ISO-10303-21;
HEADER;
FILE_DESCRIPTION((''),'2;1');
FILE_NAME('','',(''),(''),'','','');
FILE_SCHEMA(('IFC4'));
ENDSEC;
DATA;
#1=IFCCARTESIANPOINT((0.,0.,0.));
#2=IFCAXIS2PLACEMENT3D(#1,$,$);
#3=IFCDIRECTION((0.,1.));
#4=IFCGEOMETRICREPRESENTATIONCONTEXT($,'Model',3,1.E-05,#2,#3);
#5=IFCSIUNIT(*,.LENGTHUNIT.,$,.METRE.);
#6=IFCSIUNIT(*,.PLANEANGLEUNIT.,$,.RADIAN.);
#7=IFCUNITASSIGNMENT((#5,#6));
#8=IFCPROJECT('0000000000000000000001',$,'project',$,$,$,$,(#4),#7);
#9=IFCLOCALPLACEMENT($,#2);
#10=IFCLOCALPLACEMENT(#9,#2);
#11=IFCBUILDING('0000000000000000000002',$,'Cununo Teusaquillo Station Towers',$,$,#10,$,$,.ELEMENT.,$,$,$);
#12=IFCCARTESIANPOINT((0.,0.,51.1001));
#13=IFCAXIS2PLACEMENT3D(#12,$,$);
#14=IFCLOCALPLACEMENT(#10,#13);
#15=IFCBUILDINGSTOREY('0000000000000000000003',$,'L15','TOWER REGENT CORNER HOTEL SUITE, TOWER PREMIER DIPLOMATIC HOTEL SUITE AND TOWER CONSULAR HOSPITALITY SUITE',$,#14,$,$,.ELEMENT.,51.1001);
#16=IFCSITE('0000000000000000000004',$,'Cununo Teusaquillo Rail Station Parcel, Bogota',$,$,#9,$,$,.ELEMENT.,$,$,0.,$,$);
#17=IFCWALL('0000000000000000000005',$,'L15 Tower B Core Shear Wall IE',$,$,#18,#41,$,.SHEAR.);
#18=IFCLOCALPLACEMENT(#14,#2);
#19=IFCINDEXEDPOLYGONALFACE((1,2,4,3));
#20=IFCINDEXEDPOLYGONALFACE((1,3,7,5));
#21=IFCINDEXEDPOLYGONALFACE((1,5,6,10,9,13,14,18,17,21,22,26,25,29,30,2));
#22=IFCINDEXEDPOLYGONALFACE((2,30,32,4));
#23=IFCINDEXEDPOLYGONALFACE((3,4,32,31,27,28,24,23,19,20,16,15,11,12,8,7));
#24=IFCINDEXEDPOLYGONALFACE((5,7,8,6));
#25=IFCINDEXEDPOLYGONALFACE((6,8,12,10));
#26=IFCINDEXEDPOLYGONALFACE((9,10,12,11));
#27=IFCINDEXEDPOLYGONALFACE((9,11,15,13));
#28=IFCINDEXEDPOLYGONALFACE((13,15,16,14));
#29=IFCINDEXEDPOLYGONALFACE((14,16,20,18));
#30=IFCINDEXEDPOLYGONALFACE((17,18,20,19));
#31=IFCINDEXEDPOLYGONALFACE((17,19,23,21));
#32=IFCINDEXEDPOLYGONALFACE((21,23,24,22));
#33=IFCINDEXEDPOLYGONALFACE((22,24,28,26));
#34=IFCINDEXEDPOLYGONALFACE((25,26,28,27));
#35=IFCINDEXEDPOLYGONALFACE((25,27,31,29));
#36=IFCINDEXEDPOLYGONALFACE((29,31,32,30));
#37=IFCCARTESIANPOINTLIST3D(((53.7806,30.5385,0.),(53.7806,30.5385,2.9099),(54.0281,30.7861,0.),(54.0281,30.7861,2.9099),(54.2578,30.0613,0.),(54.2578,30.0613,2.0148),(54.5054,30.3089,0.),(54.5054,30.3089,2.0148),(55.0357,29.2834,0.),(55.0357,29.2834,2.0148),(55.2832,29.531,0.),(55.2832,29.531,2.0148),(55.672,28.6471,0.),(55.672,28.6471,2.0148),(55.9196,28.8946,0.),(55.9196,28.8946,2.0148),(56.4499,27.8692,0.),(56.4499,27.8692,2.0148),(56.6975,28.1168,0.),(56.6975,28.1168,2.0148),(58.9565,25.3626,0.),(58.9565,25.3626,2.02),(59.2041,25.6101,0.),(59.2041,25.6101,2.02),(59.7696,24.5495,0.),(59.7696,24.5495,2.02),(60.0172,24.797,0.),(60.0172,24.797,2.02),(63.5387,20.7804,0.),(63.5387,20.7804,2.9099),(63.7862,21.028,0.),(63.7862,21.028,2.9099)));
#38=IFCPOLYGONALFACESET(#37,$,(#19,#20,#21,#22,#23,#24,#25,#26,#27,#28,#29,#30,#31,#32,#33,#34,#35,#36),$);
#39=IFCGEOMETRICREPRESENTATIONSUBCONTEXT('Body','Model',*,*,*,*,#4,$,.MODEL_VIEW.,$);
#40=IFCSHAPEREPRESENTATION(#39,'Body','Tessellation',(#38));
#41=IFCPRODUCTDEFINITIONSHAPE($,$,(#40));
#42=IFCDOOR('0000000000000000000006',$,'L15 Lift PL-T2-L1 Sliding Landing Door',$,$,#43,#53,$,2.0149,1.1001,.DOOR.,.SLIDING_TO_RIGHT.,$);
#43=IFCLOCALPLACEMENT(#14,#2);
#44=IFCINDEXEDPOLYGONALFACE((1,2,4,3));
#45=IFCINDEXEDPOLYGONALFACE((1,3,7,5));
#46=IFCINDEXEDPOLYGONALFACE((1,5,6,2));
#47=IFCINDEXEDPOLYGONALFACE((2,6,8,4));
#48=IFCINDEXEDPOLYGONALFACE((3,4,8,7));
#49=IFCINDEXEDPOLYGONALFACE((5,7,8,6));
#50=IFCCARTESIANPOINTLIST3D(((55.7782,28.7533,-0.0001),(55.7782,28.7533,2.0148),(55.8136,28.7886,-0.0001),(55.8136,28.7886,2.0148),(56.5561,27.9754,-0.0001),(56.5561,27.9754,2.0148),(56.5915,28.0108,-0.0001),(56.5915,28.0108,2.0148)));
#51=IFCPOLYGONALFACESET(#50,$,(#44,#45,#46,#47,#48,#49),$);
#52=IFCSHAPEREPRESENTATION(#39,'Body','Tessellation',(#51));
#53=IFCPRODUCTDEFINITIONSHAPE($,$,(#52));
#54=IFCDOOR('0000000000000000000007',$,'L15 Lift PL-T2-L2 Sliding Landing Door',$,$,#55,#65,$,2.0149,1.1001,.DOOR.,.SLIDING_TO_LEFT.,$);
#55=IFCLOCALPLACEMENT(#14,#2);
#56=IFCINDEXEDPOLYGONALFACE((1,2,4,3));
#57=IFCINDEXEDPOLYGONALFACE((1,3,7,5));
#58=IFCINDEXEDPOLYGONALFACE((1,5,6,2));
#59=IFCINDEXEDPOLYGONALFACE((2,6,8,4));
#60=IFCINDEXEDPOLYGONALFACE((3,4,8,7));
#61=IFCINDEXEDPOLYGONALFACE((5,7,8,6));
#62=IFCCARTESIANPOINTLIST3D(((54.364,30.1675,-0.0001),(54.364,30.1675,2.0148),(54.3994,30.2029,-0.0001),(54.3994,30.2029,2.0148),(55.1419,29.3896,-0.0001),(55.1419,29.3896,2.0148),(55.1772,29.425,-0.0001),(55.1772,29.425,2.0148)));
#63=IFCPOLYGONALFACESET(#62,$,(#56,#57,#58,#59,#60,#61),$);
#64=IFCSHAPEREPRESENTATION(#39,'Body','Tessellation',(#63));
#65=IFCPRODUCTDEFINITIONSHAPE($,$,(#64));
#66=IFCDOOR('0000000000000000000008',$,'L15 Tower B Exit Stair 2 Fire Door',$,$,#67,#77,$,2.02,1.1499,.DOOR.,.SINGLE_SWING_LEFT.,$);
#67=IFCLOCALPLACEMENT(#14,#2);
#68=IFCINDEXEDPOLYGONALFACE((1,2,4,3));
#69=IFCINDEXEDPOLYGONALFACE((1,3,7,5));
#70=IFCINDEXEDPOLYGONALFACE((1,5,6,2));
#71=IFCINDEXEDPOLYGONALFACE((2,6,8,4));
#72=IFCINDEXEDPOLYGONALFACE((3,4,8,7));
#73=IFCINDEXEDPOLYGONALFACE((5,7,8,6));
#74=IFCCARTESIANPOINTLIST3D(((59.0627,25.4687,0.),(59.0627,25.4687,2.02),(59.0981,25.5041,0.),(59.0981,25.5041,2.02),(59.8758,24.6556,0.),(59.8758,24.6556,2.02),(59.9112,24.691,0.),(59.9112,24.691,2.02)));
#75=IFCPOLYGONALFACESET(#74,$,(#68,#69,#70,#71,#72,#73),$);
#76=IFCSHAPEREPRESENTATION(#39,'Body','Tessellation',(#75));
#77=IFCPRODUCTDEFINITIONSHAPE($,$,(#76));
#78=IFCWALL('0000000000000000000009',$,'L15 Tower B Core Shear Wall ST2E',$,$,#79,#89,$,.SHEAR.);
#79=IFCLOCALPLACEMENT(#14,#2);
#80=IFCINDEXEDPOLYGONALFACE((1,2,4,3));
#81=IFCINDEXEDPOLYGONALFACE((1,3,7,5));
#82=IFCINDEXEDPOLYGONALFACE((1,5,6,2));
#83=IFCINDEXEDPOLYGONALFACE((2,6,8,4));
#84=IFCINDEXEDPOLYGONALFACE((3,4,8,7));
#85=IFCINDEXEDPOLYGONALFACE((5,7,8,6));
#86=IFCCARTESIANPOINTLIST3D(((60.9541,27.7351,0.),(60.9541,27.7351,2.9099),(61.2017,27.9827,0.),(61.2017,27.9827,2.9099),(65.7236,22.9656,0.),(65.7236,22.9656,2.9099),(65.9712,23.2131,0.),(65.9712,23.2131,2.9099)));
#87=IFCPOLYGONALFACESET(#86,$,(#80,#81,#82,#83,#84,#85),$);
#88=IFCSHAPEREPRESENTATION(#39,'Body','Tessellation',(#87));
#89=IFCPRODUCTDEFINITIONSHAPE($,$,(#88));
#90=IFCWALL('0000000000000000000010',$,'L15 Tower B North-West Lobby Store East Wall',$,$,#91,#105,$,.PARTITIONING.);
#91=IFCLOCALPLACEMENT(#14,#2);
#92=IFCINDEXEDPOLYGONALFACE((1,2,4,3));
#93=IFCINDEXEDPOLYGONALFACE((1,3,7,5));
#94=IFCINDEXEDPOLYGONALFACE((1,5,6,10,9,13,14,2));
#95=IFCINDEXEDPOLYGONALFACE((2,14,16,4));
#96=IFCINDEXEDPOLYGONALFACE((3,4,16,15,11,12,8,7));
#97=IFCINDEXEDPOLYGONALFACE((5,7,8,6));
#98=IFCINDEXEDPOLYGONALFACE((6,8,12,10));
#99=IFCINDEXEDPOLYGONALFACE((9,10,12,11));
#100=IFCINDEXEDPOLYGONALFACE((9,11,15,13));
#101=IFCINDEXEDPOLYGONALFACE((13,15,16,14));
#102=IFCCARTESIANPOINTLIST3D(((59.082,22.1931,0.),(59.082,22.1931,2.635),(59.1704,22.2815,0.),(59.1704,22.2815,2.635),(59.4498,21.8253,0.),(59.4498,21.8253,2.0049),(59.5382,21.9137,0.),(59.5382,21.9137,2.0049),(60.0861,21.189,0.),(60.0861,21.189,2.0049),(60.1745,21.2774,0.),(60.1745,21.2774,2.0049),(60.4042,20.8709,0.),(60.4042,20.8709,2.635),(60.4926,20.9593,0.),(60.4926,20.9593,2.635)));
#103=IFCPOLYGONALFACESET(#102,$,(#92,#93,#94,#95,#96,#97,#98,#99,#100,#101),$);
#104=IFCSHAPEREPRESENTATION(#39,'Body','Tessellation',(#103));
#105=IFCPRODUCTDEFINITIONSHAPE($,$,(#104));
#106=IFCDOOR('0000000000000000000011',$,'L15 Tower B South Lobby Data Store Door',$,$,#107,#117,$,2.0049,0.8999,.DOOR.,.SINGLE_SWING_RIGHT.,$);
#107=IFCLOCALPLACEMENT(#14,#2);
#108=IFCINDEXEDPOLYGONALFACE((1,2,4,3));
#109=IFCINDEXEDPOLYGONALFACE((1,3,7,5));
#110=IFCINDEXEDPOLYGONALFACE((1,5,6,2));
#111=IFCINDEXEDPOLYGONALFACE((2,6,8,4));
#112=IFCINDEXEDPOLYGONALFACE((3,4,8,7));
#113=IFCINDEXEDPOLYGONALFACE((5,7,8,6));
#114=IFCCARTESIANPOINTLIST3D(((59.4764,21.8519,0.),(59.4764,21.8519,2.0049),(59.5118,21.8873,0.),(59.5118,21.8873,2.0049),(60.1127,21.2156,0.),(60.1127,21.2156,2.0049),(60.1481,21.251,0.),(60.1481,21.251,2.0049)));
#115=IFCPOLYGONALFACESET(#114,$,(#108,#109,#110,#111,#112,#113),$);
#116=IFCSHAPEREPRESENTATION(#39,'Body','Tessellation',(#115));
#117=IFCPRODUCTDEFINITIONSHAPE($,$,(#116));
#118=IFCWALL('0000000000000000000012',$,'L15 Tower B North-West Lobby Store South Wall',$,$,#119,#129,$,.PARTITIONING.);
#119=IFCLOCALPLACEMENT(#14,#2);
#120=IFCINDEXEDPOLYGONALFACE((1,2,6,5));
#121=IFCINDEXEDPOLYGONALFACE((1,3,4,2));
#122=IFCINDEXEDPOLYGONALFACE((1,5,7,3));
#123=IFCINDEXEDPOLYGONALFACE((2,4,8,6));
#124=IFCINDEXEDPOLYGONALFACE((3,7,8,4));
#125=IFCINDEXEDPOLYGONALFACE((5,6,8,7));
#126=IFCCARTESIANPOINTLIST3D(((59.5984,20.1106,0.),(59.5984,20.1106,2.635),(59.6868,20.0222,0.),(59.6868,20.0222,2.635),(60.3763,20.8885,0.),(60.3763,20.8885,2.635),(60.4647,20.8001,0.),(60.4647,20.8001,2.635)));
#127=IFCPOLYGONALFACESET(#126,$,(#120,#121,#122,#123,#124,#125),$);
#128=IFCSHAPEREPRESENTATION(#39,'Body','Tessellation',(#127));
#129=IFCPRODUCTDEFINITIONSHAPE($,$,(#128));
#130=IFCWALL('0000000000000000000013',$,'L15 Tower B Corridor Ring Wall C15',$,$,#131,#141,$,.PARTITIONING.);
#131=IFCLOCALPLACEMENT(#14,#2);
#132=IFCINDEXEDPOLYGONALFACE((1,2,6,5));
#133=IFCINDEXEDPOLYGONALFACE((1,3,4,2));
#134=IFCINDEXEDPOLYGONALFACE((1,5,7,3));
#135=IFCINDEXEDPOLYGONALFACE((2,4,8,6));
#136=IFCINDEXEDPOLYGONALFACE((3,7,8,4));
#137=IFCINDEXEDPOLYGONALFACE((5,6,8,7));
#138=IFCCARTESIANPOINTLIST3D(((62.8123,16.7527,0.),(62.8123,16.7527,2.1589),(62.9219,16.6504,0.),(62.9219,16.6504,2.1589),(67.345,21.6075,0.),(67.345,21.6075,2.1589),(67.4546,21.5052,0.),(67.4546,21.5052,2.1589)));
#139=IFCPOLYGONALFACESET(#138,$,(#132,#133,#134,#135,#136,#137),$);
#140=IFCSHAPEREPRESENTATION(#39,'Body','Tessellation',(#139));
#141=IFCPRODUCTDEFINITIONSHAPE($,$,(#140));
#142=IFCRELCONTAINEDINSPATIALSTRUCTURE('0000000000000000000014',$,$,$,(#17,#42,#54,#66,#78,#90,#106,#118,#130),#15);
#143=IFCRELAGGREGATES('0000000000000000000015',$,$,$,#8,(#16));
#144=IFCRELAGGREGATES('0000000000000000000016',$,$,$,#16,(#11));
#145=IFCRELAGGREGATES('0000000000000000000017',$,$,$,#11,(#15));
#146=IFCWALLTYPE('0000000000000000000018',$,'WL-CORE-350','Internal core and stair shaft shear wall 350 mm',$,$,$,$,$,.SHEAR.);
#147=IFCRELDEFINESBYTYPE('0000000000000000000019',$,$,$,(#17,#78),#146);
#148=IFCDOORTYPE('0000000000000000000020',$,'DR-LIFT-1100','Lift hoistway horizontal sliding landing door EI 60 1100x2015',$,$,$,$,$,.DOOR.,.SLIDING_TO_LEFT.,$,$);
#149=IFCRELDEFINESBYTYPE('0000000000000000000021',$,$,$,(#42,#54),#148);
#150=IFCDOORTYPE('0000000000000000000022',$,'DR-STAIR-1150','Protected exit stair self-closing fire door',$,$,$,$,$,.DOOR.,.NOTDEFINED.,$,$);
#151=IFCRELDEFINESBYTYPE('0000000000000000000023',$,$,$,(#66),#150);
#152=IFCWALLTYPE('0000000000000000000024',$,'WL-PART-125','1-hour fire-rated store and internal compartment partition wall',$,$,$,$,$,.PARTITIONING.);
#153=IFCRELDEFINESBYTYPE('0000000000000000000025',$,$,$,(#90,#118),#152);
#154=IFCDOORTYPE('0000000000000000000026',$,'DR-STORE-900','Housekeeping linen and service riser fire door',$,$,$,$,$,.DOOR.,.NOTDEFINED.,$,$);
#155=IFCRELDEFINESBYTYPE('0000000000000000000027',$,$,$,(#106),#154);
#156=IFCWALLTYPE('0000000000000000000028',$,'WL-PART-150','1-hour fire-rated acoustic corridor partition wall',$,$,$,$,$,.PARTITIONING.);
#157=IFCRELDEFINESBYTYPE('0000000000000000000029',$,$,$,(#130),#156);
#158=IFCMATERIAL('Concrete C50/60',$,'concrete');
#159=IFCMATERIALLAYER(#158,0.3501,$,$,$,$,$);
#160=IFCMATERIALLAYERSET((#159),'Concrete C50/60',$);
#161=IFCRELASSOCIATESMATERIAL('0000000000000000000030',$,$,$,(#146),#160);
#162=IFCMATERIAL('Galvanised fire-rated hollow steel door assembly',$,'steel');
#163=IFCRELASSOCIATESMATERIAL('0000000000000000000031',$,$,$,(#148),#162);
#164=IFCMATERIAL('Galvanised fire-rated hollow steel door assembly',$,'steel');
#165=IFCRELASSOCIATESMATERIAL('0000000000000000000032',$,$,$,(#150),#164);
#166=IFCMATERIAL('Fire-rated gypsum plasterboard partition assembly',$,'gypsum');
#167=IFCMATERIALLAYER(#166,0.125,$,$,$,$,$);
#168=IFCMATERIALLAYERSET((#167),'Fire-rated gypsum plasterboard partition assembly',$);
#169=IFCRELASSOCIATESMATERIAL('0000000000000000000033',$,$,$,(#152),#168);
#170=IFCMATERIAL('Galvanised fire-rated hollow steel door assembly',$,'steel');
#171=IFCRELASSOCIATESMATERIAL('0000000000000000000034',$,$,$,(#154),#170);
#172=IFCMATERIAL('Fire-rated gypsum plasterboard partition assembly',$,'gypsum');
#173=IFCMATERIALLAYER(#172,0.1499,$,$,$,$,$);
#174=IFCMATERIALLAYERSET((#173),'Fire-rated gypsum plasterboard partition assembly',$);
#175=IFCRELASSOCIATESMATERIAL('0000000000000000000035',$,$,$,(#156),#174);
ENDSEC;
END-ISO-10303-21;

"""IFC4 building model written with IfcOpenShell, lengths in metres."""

from ifc_helpers import new_model, si_unit, direction, frame, frame_2d, origin, place, context, subcontext, project, spatial, rectangle, extrude, source, transform, mapped, material, layer, layer_set, type_object, element, fill, save


model = new_model("IFC4")

# Units and contexts
model_context = context("Model", 3, precision=1e-05, world=origin(), true_north=direction((0.0, 1.0)))
body_context = subcontext(model_context, "Body", "Model", "MODEL_VIEW")
ifc_project = project(units=[si_unit("LENGTHUNIT", "METRE"), si_unit("PLANEANGLEUNIT", "RADIAN")], contexts=[model_context])

# Site, building, storey
site_placement = place(None, origin())
site = spatial("IfcSite", under=ifc_project, at=site_placement, Name="Cununo Teusaquillo Rail Station Parcel, Bogota", CompositionType="ELEMENT", RefElevation=0.0)
building_placement = place(site_placement, origin())
building = spatial("IfcBuilding", under=site, at=building_placement, Name="Cununo Teusaquillo Station Towers", CompositionType="ELEMENT")
storey_placement = place(building_placement, frame((0.0, 0.0, 51.1001)))
storey = spatial("IfcBuildingStorey", under=building, at=storey_placement, Name="L15", Description="TOWER REGENT CORNER HOTEL SUITE, TOWER PREMIER DIPLOMATIC HOTEL SUITE AND TOWER CONSULAR HOSPITALITY SUITE", CompositionType="ELEMENT", Elevation=51.1001)

# Wall, openings, doors
ifc_material_1 = material(Name="Concrete C50/60", Category="concrete")
ifc_layer_1 = layer(ifc_material_1, 0.3501)
ifc_layer_set_1 = layer_set([ifc_layer_1], Name="Concrete C50/60")
wall_type_1 = type_object("IfcWallType", Name="WL-CORE-350", Description="Internal core and stair shaft shear wall 350 mm", PredefinedType="SHEAR", material=ifc_layer_set_1)
shared_shape_1 = source(origin(), body_context, "Body", "SweptSolid", [
    extrude(rectangle(XDim=1.1001, YDim=2.0149, at=frame_2d((0.55, 1.0073))), frame((0.0, 0.1851, 0.0), z_axis=(0.0, -1.0, 0.0), x_axis=(1.0, 0.0, 0.0)), (0.0, 0.0, 1.0), 0.3701),
])
shared_shape_2 = source(origin(), body_context, "Body", "SweptSolid", [
    extrude(rectangle(XDim=1.1499, YDim=2.02, at=frame_2d((0.575, 1.01))), frame((0.0, 0.1851, 0.0), z_axis=(0.0, -1.0, 0.0), x_axis=(1.0, 0.0, 0.0)), (0.0, 0.0, 1.0), 0.3701),
])
ifc_material_2 = material(Name="Galvanised fire-rated hollow steel door assembly", Category="steel")
door_type_1 = type_object("IfcDoorType", Name="DR-LIFT-1100", Description="Lift hoistway horizontal sliding landing door EI 60 1100x2015", OperationType="SLIDING_TO_LEFT", PredefinedType="DOOR", material=ifc_material_2)
shared_shape_3 = source(origin(), body_context, "Body", "SweptSolid", [
    extrude(rectangle(XDim=1.1001, YDim=2.0149, at=frame_2d((0.55, 1.0073))), frame((0.0, 0.0249, 0.0), z_axis=(0.0, -1.0, 0.0), x_axis=(1.0, 0.0, 0.0)), (0.0, 0.0, 1.0), 0.05),
])
ifc_material_3 = material(Name="Galvanised fire-rated hollow steel door assembly", Category="steel")
door_type_2 = type_object("IfcDoorType", Name="DR-STAIR-1150", Description="Protected exit stair self-closing fire door", OperationType="NOTDEFINED", PredefinedType="DOOR", material=ifc_material_3)
shared_shape_4 = source(origin(), body_context, "Body", "SweptSolid", [
    extrude(rectangle(XDim=1.1499, YDim=2.02, at=frame_2d((0.575, 1.01))), frame((0.0, 0.0249, 0.0), z_axis=(0.0, -1.0, 0.0), x_axis=(1.0, 0.0, 0.0)), (0.0, 0.0, 1.0), 0.05),
])
wall_1_placement = place(storey_placement, frame((63.6624, 20.9043, 0.0), z_axis=(0.0, 0.0, 1.0), x_axis=(-0.707107, 0.707107, 0.0)))
wall_1 = element("IfcWall", 1, at=wall_1_placement, inside=storey, type_object=wall_type_1, Name="L15 Tower B Core Shear Wall IE", PredefinedType="SHEAR", context=body_context, shape_type="SweptSolid", body=[
    extrude(rectangle(XDim=13.8, YDim=0.3501, at=frame_2d((6.8999, 0.0))), origin(), (0.0, 0.0, 1.0), 2.9099),
])
opening_1_placement = place(wall_1_placement, frame((10.0249, 0.0, 0.0)))
opening_1 = element("IfcOpeningElement", 2, at=opening_1_placement, cuts=wall_1, PredefinedType="OPENING", context=body_context, shape_type="MappedRepresentation", body=[
    mapped(shared_shape_1, transform((0.0, 0.0, 0.0), x_axis=(1.0, 0.0, 0.0), y_axis=(0.0, 1.0, 0.0), z_axis=(0.0, 0.0, 1.0), scale=1.0)),
])
opening_2_placement = place(wall_1_placement, frame((12.0249, 0.0, 0.0)))
opening_2 = element("IfcOpeningElement", 3, at=opening_2_placement, cuts=wall_1, PredefinedType="OPENING", context=body_context, shape_type="MappedRepresentation", body=[
    mapped(shared_shape_1, transform((0.0, 0.0, 0.0), x_axis=(1.0, 0.0, 0.0), y_axis=(0.0, 1.0, 0.0), z_axis=(0.0, 0.0, 1.0), scale=1.0)),
])
opening_3_placement = place(wall_1_placement, frame((5.3301, 0.0, 0.0)))
opening_3 = element("IfcOpeningElement", 4, at=opening_3_placement, cuts=wall_1, PredefinedType="OPENING", context=body_context, shape_type="MappedRepresentation", body=[
    mapped(shared_shape_2, transform((0.0, 0.0, 0.0), x_axis=(1.0, 0.0, 0.0), y_axis=(0.0, 1.0, 0.0), z_axis=(0.0, 0.0, 1.0), scale=1.0)),
])
door_1_placement = place(opening_1_placement, origin())
door_1 = element("IfcDoor", 5, at=door_1_placement, inside=storey, type_object=door_type_1, Name="L15 Lift PL-T2-L1 Sliding Landing Door", OperationType="SLIDING_TO_RIGHT", OverallHeight=2.0149, OverallWidth=1.1001, PredefinedType="DOOR", context=body_context, shape_type="MappedRepresentation", body=[
    mapped(shared_shape_3, transform((0.0, 0.0, 0.0), x_axis=(1.0, 0.0, 0.0), y_axis=(0.0, 1.0, 0.0), z_axis=(0.0, 0.0, 1.0), scale=1.0)),
])
fill(opening_1, door_1)
door_2_placement = place(opening_2_placement, origin())
door_2 = element("IfcDoor", 6, at=door_2_placement, inside=storey, type_object=door_type_1, Name="L15 Lift PL-T2-L2 Sliding Landing Door", OperationType="SLIDING_TO_LEFT", OverallHeight=2.0149, OverallWidth=1.1001, PredefinedType="DOOR", context=body_context, shape_type="MappedRepresentation", body=[
    mapped(shared_shape_3, transform((0.0, 0.0, 0.0), x_axis=(1.0, 0.0, 0.0), y_axis=(0.0, 1.0, 0.0), z_axis=(0.0, 0.0, 1.0), scale=1.0)),
])
fill(opening_2, door_2)
door_3_placement = place(opening_3_placement, origin())
door_3 = element("IfcDoor", 7, at=door_3_placement, inside=storey, type_object=door_type_2, Name="L15 Tower B Exit Stair 2 Fire Door", OperationType="SINGLE_SWING_LEFT", OverallHeight=2.02, OverallWidth=1.1499, PredefinedType="DOOR", context=body_context, shape_type="MappedRepresentation", body=[
    mapped(shared_shape_4, transform((0.0, 0.0, 0.0), x_axis=(1.0, 0.0, 0.0), y_axis=(0.0, 1.0, 0.0), z_axis=(0.0, 0.0, 1.0), scale=1.0)),
])
fill(opening_3, door_3)

# Wall
wall_2_placement = place(storey_placement, frame((65.8474, 23.0894, 0.0), z_axis=(0.0, 0.0, 1.0), x_axis=(-0.707107, 0.707107, 0.0)))
element("IfcWall", 8, at=wall_2_placement, inside=storey, type_object=wall_type_1, Name="L15 Tower B Core Shear Wall ST2E", PredefinedType="SHEAR", context=body_context, shape_type="SweptSolid", body=[
    extrude(rectangle(XDim=6.7451, YDim=0.3501, at=frame_2d((3.3726, 0.0))), origin(), (0.0, 0.0, 1.0), 2.9099),
])

# Wall, opening, door
ifc_material_4 = material(Name="Fire-rated gypsum plasterboard partition assembly", Category="gypsum")
ifc_layer_2 = layer(ifc_material_4, 0.125)
ifc_layer_set_2 = layer_set([ifc_layer_2], Name="Fire-rated gypsum plasterboard partition assembly")
wall_type_2 = type_object("IfcWallType", Name="WL-PART-125", Description="1-hour fire-rated store and internal compartment partition wall", PredefinedType="PARTITIONING", material=ifc_layer_set_2)
wall_3_placement = place(storey_placement, frame((60.4485, 20.915, 0.0), z_axis=(0.0, 0.0, 1.0), x_axis=(-0.707107, 0.707107, 0.0)))
wall_3 = element("IfcWall", 9, at=wall_3_placement, inside=storey, type_object=wall_type_2, Name="L15 Tower B North-West Lobby Store East Wall", PredefinedType="PARTITIONING", context=body_context, shape_type="SweptSolid", body=[
    extrude(rectangle(XDim=1.8699, YDim=0.125, at=frame_2d((0.9351, 0.0))), origin(), (0.0, 0.0, 1.0), 2.635),
])
shared_shape_5 = source(origin(), body_context, "Body", "SweptSolid", [
    extrude(rectangle(XDim=0.8999, YDim=2.0049, at=frame_2d((0.45, 1.0024))), frame((0.0, 0.0725, 0.0), z_axis=(0.0, -1.0, 0.0), x_axis=(1.0, 0.0, 0.0)), (0.0, 0.0, 1.0), 0.145),
])
opening_4_placement = place(wall_3_placement, frame((0.45, 0.0, 0.0)))
opening_4 = element("IfcOpeningElement", 10, at=opening_4_placement, cuts=wall_3, PredefinedType="OPENING", context=body_context, shape_type="MappedRepresentation", body=[
    mapped(shared_shape_5, transform((0.0, 0.0, 0.0), x_axis=(1.0, 0.0, 0.0), y_axis=(0.0, 1.0, 0.0), z_axis=(0.0, 0.0, 1.0), scale=1.0)),
])
ifc_material_5 = material(Name="Galvanised fire-rated hollow steel door assembly", Category="steel")
door_type_3 = type_object("IfcDoorType", Name="DR-STORE-900", Description="Housekeeping linen and service riser fire door", OperationType="NOTDEFINED", PredefinedType="DOOR", material=ifc_material_5)
shared_shape_6 = source(origin(), body_context, "Body", "SweptSolid", [
    extrude(rectangle(XDim=0.8999, YDim=2.0049, at=frame_2d((0.45, 1.0024))), frame((0.0, 0.0249, 0.0), z_axis=(0.0, -1.0, 0.0), x_axis=(1.0, 0.0, 0.0)), (0.0, 0.0, 1.0), 0.05),
])
door_4_placement = place(opening_4_placement, origin())
door_4 = element("IfcDoor", 11, at=door_4_placement, inside=storey, type_object=door_type_3, Name="L15 Tower B South Lobby Data Store Door", OperationType="SINGLE_SWING_RIGHT", OverallHeight=2.0049, OverallWidth=0.8999, PredefinedType="DOOR", context=body_context, shape_type="MappedRepresentation", body=[
    mapped(shared_shape_6, transform((0.0, 0.0, 0.0), x_axis=(1.0, 0.0, 0.0), y_axis=(0.0, 1.0, 0.0), z_axis=(0.0, 0.0, 1.0), scale=1.0)),
])
fill(opening_4, door_4)

# Walls
wall_4_placement = place(storey_placement, frame((59.6426, 20.0664, 0.0), z_axis=(0.0, 0.0, 1.0), x_axis=(0.707107, 0.707107, 0.0)))
element("IfcWall", 12, at=wall_4_placement, inside=storey, type_object=wall_type_2, Name="L15 Tower B North-West Lobby Store South Wall", PredefinedType="PARTITIONING", context=body_context, shape_type="SweptSolid", body=[
    extrude(rectangle(XDim=1.1001, YDim=0.125, at=frame_2d((0.55, 0.0))), origin(), (0.0, 0.0, 1.0), 2.635),
])
ifc_material_6 = material(Name="Fire-rated gypsum plasterboard partition assembly", Category="gypsum")
ifc_layer_3 = layer(ifc_material_6, 0.1499)
ifc_layer_set_3 = layer_set([ifc_layer_3], Name="Fire-rated gypsum plasterboard partition assembly")
wall_type_3 = type_object("IfcWallType", Name="WL-PART-150", Description="1-hour fire-rated acoustic corridor partition wall", PredefinedType="PARTITIONING", material=ifc_layer_set_3)
wall_5_placement = place(storey_placement, frame((62.8672, 16.7017, 0.0), z_axis=(0.0, 0.0, 1.0), x_axis=(0.682449, 0.730933, 0.0)))
element("IfcWall", 13, at=wall_5_placement, inside=storey, type_object=wall_type_3, Name="L15 Tower B Corridor Ring Wall C15", PredefinedType="PARTITIONING", context=body_context, shape_type="SweptSolid", body=[
    extrude(rectangle(XDim=6.6418, YDim=0.1499, at=frame_2d((3.3208, 0.0))), origin(), (0.0, 0.0, 1.0), 2.1589),
])

save(model, "model.ifc")
